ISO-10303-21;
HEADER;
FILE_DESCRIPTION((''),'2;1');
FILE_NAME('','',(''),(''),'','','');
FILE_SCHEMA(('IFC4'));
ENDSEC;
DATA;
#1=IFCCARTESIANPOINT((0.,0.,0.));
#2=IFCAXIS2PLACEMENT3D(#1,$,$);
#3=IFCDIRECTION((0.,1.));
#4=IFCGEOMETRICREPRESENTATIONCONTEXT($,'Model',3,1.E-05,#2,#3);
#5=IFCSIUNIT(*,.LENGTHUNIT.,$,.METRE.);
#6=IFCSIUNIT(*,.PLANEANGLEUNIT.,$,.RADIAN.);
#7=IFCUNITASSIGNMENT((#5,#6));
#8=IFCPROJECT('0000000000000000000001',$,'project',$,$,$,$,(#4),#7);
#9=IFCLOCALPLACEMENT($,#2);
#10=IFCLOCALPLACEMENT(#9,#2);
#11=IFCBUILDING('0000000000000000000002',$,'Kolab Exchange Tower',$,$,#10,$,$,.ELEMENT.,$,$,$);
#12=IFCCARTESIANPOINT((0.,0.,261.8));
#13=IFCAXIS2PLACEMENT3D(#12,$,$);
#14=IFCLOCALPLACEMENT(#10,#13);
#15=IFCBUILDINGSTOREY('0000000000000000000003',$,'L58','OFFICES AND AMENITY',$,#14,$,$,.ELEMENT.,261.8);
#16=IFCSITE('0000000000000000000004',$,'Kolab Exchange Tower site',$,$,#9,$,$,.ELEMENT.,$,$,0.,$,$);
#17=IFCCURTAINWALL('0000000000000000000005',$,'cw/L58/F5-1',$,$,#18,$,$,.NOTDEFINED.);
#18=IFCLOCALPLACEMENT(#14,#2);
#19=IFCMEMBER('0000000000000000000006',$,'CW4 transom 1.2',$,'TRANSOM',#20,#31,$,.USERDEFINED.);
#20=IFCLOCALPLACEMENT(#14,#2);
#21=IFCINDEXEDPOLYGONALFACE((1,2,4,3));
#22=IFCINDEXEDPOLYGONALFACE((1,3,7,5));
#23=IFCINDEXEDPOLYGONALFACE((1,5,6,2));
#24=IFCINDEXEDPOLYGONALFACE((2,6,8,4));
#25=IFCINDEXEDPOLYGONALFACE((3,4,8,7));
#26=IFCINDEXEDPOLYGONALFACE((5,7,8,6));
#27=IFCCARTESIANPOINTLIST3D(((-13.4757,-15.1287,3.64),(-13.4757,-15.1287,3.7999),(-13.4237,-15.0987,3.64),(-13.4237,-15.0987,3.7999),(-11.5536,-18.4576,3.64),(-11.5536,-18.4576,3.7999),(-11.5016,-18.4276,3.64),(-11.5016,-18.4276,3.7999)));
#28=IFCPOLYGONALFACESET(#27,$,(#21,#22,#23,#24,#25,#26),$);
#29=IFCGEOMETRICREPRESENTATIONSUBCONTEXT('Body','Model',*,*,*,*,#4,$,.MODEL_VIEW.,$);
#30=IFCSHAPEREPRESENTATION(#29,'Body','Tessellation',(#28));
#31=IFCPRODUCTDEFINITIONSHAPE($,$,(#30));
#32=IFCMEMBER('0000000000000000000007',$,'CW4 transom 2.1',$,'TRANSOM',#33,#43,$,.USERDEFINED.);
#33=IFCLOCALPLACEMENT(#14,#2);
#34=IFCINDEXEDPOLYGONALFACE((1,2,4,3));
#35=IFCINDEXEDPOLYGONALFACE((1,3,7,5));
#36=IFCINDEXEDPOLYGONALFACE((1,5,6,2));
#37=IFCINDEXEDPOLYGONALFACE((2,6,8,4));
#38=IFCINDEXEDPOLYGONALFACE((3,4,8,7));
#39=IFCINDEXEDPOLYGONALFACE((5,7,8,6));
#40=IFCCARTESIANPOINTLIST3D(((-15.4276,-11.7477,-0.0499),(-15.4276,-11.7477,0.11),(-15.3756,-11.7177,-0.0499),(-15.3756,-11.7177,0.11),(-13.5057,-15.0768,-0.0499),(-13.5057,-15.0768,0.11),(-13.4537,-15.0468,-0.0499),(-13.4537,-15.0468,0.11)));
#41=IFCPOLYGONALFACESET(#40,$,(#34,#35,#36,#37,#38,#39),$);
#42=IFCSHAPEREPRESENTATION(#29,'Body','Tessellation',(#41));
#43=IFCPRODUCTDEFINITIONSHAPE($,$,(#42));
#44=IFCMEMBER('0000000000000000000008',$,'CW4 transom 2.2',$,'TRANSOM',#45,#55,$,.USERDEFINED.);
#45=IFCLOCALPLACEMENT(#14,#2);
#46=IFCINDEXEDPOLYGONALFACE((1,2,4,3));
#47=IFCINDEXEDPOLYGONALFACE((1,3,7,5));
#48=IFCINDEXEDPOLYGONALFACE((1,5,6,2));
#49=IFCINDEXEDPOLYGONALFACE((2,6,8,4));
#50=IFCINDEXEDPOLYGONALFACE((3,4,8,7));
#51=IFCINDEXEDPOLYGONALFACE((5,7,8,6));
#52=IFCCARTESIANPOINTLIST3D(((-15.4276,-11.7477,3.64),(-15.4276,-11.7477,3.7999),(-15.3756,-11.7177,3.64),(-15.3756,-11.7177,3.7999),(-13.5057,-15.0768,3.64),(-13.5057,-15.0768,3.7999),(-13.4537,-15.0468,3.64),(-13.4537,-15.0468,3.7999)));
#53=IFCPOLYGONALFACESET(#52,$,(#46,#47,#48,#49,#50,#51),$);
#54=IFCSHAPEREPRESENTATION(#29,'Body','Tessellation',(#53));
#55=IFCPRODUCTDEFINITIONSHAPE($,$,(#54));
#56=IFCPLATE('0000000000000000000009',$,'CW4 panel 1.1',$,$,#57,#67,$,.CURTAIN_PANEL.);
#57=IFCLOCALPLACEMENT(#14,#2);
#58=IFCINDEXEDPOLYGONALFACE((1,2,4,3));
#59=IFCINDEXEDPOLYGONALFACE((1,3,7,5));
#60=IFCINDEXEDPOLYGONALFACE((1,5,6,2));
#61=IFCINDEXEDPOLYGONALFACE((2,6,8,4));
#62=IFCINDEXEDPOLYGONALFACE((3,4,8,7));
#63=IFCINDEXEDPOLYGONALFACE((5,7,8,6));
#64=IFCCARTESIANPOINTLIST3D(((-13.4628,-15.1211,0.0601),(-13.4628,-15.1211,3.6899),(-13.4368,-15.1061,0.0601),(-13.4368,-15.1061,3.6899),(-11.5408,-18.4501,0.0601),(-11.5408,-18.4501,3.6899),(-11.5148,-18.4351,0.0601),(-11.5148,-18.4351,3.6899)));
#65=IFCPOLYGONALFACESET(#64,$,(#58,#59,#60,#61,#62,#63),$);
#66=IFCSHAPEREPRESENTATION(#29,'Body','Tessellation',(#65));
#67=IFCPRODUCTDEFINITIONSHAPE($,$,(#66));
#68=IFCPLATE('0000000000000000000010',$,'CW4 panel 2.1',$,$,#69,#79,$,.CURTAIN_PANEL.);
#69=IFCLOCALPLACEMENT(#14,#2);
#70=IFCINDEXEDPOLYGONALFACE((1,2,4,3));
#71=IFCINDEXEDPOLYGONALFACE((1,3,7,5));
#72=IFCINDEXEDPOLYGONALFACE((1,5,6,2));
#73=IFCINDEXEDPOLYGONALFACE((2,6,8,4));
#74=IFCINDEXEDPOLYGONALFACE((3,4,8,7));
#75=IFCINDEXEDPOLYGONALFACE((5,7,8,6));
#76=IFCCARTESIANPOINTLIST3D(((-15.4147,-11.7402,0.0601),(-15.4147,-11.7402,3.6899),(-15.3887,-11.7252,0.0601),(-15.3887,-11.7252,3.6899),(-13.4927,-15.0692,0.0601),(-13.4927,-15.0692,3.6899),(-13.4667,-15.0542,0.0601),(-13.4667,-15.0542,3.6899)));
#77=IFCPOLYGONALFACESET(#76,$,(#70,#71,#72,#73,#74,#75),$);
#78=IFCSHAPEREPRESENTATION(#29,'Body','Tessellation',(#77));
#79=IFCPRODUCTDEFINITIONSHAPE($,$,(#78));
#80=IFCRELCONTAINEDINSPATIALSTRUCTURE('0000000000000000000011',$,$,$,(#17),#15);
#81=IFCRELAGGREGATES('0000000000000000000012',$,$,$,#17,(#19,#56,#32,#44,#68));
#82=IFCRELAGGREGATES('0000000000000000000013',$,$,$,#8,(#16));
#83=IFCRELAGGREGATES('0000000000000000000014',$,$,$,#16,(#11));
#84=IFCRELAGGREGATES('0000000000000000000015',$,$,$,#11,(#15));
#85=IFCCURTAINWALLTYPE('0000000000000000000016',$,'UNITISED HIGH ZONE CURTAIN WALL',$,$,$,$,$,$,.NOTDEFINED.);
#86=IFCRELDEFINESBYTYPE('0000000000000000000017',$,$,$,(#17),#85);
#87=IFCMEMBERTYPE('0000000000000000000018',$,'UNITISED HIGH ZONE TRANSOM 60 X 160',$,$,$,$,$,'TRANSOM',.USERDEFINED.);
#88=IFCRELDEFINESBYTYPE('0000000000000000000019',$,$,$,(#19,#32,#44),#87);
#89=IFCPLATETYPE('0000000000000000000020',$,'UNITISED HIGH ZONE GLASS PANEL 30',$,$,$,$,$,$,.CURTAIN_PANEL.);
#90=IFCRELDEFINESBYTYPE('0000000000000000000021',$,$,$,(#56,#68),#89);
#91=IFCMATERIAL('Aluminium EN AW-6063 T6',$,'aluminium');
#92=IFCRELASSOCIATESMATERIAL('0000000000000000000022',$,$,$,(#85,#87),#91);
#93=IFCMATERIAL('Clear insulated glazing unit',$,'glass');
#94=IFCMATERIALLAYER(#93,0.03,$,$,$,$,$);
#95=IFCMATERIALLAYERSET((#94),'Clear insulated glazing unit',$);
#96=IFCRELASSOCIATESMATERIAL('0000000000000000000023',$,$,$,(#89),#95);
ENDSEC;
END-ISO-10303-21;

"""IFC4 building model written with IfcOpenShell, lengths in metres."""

from ifc_helpers import new_model, si_unit, direction, frame, origin, origin_2d, place, context, subcontext, project, spatial, rectangle, extrude, material, layer, layer_set, material_profile, profile_set, type_object, element, aggregate, save


model = new_model("IFC4")

# Units and contexts
model_context = context("Model", 3, precision=1e-05, world=origin(), true_north=direction((0.0, 1.0)))
body_context = subcontext(model_context, "Body", "Model", "MODEL_VIEW")
ifc_project = project(units=[si_unit("LENGTHUNIT", "METRE"), si_unit("PLANEANGLEUNIT", "RADIAN")], contexts=[model_context])

# Site, building, storey
site_placement = place(None, origin())
site = spatial("IfcSite", under=ifc_project, at=site_placement, Name="Kolab Exchange Tower site", CompositionType="ELEMENT", RefElevation=0.0)
building_placement = place(site_placement, origin())
building = spatial("IfcBuilding", under=site, at=building_placement, Name="Kolab Exchange Tower", CompositionType="ELEMENT")
storey_placement = place(building_placement, frame((0.0, 0.0, 261.8)))
storey = spatial("IfcBuildingStorey", under=building, at=storey_placement, Name="L58", Description="OFFICES AND AMENITY", CompositionType="ELEMENT", Elevation=261.8)

# Curtain wall
ifc_material_1 = material(Name="Aluminium EN AW-6063 T6", Category="aluminium")
curtain_wall_type = type_object("IfcCurtainWallType", Name="UNITISED HIGH ZONE CURTAIN WALL", PredefinedType="NOTDEFINED", material=ifc_material_1)
curtain_wall_1_placement = place(storey_placement, origin())
curtain_wall_1 = element("IfcCurtainWall", 1, at=curtain_wall_1_placement, inside=storey, type_object=curtain_wall_type, Name="cw/L58/F5-1", PredefinedType="NOTDEFINED")

# Members
ifc_material_profile_1 = material_profile(ifc_material_1, rectangle(XDim=0.0601, YDim=0.1599, at=origin_2d()), Name="RECT 60X160")
ifc_profile_set_1 = profile_set([ifc_material_profile_1], Name="Aluminium EN AW-6063 T6")
member_type_1 = type_object("IfcMemberType", Name="UNITISED HIGH ZONE TRANSOM 60 X 160", ElementType="TRANSOM", PredefinedType="USERDEFINED", material=ifc_profile_set_1)
member_1_placement = place(storey_placement, frame((-11.5276, -18.4426, 3.72), z_axis=(-0.500039, 0.866003, 0.0), x_axis=(-0.866003, -0.500039, 0.0)))
member_1 = element("IfcMember", 2, at=member_1_placement, type_object=member_type_1, Name="CW4 transom 1.2", ObjectType="TRANSOM", PredefinedType="USERDEFINED", context=body_context, shape_type="SweptSolid", body=[
    extrude(rectangle(XDim=0.0601, YDim=0.1599, at=origin_2d()), origin(), (0.0, 0.0, 1.0), 3.844),
])
member_2_placement = place(storey_placement, frame((-13.4797, -15.0618, 0.03), z_axis=(-0.499964, 0.866046, 0.0), x_axis=(-0.866046, -0.499964, 0.0)))
member_2 = element("IfcMember", 3, at=member_2_placement, type_object=member_type_1, Name="CW4 transom 2.1", ObjectType="TRANSOM", PredefinedType="USERDEFINED", context=body_context, shape_type="SweptSolid", body=[
    extrude(rectangle(XDim=0.0601, YDim=0.1599, at=origin_2d()), origin(), (0.0, 0.0, 1.0), 3.844),
])
member_3_placement = place(storey_placement, frame((-13.4797, -15.0618, 3.72), z_axis=(-0.499964, 0.866046, 0.0), x_axis=(-0.866046, -0.499964, 0.0)))
member_3 = element("IfcMember", 4, at=member_3_placement, type_object=member_type_1, Name="CW4 transom 2.2", ObjectType="TRANSOM", PredefinedType="USERDEFINED", context=body_context, shape_type="SweptSolid", body=[
    extrude(rectangle(XDim=0.0601, YDim=0.1599, at=origin_2d()), origin(), (0.0, 0.0, 1.0), 3.844),
])

# Plates
ifc_material_2 = material(Name="Clear insulated glazing unit", Category="glass")
ifc_layer_1 = layer(ifc_material_2, 0.03)
ifc_layer_set_1 = layer_set([ifc_layer_1], Name="Clear insulated glazing unit")
plate_type = type_object("IfcPlateType", Name="UNITISED HIGH ZONE GLASS PANEL 30", PredefinedType="CURTAIN_PANEL", material=ifc_layer_set_1)
plate_1_placement = place(storey_placement, frame((-12.4888, -16.7781, 0.0601), z_axis=(0.0, 0.0, 1.0), x_axis=(-0.5, 0.866025, 0.0)))
plate_1 = element("IfcPlate", 5, at=plate_1_placement, type_object=plate_type, Name="CW4 panel 1.1", PredefinedType="CURTAIN_PANEL", context=body_context, shape_type="SweptSolid", body=[
    extrude(rectangle(XDim=3.844, YDim=0.03, at=origin_2d()), origin(), (0.0, 0.0, 1.0), 3.6299),
])
plate_2_placement = place(storey_placement, frame((-14.4407, -13.3972, 0.0601), z_axis=(0.0, 0.0, 1.0), x_axis=(-0.5, 0.866025, 0.0)))
plate_2 = element("IfcPlate", 6, at=plate_2_placement, type_object=plate_type, Name="CW4 panel 2.1", PredefinedType="CURTAIN_PANEL", context=body_context, shape_type="SweptSolid", body=[
    extrude(rectangle(XDim=3.844, YDim=0.03, at=origin_2d()), origin(), (0.0, 0.0, 1.0), 3.6299),
])
aggregate(curtain_wall_1, [member_1, plate_1, member_2, member_3, plate_2])

save(model, "model.ifc")
